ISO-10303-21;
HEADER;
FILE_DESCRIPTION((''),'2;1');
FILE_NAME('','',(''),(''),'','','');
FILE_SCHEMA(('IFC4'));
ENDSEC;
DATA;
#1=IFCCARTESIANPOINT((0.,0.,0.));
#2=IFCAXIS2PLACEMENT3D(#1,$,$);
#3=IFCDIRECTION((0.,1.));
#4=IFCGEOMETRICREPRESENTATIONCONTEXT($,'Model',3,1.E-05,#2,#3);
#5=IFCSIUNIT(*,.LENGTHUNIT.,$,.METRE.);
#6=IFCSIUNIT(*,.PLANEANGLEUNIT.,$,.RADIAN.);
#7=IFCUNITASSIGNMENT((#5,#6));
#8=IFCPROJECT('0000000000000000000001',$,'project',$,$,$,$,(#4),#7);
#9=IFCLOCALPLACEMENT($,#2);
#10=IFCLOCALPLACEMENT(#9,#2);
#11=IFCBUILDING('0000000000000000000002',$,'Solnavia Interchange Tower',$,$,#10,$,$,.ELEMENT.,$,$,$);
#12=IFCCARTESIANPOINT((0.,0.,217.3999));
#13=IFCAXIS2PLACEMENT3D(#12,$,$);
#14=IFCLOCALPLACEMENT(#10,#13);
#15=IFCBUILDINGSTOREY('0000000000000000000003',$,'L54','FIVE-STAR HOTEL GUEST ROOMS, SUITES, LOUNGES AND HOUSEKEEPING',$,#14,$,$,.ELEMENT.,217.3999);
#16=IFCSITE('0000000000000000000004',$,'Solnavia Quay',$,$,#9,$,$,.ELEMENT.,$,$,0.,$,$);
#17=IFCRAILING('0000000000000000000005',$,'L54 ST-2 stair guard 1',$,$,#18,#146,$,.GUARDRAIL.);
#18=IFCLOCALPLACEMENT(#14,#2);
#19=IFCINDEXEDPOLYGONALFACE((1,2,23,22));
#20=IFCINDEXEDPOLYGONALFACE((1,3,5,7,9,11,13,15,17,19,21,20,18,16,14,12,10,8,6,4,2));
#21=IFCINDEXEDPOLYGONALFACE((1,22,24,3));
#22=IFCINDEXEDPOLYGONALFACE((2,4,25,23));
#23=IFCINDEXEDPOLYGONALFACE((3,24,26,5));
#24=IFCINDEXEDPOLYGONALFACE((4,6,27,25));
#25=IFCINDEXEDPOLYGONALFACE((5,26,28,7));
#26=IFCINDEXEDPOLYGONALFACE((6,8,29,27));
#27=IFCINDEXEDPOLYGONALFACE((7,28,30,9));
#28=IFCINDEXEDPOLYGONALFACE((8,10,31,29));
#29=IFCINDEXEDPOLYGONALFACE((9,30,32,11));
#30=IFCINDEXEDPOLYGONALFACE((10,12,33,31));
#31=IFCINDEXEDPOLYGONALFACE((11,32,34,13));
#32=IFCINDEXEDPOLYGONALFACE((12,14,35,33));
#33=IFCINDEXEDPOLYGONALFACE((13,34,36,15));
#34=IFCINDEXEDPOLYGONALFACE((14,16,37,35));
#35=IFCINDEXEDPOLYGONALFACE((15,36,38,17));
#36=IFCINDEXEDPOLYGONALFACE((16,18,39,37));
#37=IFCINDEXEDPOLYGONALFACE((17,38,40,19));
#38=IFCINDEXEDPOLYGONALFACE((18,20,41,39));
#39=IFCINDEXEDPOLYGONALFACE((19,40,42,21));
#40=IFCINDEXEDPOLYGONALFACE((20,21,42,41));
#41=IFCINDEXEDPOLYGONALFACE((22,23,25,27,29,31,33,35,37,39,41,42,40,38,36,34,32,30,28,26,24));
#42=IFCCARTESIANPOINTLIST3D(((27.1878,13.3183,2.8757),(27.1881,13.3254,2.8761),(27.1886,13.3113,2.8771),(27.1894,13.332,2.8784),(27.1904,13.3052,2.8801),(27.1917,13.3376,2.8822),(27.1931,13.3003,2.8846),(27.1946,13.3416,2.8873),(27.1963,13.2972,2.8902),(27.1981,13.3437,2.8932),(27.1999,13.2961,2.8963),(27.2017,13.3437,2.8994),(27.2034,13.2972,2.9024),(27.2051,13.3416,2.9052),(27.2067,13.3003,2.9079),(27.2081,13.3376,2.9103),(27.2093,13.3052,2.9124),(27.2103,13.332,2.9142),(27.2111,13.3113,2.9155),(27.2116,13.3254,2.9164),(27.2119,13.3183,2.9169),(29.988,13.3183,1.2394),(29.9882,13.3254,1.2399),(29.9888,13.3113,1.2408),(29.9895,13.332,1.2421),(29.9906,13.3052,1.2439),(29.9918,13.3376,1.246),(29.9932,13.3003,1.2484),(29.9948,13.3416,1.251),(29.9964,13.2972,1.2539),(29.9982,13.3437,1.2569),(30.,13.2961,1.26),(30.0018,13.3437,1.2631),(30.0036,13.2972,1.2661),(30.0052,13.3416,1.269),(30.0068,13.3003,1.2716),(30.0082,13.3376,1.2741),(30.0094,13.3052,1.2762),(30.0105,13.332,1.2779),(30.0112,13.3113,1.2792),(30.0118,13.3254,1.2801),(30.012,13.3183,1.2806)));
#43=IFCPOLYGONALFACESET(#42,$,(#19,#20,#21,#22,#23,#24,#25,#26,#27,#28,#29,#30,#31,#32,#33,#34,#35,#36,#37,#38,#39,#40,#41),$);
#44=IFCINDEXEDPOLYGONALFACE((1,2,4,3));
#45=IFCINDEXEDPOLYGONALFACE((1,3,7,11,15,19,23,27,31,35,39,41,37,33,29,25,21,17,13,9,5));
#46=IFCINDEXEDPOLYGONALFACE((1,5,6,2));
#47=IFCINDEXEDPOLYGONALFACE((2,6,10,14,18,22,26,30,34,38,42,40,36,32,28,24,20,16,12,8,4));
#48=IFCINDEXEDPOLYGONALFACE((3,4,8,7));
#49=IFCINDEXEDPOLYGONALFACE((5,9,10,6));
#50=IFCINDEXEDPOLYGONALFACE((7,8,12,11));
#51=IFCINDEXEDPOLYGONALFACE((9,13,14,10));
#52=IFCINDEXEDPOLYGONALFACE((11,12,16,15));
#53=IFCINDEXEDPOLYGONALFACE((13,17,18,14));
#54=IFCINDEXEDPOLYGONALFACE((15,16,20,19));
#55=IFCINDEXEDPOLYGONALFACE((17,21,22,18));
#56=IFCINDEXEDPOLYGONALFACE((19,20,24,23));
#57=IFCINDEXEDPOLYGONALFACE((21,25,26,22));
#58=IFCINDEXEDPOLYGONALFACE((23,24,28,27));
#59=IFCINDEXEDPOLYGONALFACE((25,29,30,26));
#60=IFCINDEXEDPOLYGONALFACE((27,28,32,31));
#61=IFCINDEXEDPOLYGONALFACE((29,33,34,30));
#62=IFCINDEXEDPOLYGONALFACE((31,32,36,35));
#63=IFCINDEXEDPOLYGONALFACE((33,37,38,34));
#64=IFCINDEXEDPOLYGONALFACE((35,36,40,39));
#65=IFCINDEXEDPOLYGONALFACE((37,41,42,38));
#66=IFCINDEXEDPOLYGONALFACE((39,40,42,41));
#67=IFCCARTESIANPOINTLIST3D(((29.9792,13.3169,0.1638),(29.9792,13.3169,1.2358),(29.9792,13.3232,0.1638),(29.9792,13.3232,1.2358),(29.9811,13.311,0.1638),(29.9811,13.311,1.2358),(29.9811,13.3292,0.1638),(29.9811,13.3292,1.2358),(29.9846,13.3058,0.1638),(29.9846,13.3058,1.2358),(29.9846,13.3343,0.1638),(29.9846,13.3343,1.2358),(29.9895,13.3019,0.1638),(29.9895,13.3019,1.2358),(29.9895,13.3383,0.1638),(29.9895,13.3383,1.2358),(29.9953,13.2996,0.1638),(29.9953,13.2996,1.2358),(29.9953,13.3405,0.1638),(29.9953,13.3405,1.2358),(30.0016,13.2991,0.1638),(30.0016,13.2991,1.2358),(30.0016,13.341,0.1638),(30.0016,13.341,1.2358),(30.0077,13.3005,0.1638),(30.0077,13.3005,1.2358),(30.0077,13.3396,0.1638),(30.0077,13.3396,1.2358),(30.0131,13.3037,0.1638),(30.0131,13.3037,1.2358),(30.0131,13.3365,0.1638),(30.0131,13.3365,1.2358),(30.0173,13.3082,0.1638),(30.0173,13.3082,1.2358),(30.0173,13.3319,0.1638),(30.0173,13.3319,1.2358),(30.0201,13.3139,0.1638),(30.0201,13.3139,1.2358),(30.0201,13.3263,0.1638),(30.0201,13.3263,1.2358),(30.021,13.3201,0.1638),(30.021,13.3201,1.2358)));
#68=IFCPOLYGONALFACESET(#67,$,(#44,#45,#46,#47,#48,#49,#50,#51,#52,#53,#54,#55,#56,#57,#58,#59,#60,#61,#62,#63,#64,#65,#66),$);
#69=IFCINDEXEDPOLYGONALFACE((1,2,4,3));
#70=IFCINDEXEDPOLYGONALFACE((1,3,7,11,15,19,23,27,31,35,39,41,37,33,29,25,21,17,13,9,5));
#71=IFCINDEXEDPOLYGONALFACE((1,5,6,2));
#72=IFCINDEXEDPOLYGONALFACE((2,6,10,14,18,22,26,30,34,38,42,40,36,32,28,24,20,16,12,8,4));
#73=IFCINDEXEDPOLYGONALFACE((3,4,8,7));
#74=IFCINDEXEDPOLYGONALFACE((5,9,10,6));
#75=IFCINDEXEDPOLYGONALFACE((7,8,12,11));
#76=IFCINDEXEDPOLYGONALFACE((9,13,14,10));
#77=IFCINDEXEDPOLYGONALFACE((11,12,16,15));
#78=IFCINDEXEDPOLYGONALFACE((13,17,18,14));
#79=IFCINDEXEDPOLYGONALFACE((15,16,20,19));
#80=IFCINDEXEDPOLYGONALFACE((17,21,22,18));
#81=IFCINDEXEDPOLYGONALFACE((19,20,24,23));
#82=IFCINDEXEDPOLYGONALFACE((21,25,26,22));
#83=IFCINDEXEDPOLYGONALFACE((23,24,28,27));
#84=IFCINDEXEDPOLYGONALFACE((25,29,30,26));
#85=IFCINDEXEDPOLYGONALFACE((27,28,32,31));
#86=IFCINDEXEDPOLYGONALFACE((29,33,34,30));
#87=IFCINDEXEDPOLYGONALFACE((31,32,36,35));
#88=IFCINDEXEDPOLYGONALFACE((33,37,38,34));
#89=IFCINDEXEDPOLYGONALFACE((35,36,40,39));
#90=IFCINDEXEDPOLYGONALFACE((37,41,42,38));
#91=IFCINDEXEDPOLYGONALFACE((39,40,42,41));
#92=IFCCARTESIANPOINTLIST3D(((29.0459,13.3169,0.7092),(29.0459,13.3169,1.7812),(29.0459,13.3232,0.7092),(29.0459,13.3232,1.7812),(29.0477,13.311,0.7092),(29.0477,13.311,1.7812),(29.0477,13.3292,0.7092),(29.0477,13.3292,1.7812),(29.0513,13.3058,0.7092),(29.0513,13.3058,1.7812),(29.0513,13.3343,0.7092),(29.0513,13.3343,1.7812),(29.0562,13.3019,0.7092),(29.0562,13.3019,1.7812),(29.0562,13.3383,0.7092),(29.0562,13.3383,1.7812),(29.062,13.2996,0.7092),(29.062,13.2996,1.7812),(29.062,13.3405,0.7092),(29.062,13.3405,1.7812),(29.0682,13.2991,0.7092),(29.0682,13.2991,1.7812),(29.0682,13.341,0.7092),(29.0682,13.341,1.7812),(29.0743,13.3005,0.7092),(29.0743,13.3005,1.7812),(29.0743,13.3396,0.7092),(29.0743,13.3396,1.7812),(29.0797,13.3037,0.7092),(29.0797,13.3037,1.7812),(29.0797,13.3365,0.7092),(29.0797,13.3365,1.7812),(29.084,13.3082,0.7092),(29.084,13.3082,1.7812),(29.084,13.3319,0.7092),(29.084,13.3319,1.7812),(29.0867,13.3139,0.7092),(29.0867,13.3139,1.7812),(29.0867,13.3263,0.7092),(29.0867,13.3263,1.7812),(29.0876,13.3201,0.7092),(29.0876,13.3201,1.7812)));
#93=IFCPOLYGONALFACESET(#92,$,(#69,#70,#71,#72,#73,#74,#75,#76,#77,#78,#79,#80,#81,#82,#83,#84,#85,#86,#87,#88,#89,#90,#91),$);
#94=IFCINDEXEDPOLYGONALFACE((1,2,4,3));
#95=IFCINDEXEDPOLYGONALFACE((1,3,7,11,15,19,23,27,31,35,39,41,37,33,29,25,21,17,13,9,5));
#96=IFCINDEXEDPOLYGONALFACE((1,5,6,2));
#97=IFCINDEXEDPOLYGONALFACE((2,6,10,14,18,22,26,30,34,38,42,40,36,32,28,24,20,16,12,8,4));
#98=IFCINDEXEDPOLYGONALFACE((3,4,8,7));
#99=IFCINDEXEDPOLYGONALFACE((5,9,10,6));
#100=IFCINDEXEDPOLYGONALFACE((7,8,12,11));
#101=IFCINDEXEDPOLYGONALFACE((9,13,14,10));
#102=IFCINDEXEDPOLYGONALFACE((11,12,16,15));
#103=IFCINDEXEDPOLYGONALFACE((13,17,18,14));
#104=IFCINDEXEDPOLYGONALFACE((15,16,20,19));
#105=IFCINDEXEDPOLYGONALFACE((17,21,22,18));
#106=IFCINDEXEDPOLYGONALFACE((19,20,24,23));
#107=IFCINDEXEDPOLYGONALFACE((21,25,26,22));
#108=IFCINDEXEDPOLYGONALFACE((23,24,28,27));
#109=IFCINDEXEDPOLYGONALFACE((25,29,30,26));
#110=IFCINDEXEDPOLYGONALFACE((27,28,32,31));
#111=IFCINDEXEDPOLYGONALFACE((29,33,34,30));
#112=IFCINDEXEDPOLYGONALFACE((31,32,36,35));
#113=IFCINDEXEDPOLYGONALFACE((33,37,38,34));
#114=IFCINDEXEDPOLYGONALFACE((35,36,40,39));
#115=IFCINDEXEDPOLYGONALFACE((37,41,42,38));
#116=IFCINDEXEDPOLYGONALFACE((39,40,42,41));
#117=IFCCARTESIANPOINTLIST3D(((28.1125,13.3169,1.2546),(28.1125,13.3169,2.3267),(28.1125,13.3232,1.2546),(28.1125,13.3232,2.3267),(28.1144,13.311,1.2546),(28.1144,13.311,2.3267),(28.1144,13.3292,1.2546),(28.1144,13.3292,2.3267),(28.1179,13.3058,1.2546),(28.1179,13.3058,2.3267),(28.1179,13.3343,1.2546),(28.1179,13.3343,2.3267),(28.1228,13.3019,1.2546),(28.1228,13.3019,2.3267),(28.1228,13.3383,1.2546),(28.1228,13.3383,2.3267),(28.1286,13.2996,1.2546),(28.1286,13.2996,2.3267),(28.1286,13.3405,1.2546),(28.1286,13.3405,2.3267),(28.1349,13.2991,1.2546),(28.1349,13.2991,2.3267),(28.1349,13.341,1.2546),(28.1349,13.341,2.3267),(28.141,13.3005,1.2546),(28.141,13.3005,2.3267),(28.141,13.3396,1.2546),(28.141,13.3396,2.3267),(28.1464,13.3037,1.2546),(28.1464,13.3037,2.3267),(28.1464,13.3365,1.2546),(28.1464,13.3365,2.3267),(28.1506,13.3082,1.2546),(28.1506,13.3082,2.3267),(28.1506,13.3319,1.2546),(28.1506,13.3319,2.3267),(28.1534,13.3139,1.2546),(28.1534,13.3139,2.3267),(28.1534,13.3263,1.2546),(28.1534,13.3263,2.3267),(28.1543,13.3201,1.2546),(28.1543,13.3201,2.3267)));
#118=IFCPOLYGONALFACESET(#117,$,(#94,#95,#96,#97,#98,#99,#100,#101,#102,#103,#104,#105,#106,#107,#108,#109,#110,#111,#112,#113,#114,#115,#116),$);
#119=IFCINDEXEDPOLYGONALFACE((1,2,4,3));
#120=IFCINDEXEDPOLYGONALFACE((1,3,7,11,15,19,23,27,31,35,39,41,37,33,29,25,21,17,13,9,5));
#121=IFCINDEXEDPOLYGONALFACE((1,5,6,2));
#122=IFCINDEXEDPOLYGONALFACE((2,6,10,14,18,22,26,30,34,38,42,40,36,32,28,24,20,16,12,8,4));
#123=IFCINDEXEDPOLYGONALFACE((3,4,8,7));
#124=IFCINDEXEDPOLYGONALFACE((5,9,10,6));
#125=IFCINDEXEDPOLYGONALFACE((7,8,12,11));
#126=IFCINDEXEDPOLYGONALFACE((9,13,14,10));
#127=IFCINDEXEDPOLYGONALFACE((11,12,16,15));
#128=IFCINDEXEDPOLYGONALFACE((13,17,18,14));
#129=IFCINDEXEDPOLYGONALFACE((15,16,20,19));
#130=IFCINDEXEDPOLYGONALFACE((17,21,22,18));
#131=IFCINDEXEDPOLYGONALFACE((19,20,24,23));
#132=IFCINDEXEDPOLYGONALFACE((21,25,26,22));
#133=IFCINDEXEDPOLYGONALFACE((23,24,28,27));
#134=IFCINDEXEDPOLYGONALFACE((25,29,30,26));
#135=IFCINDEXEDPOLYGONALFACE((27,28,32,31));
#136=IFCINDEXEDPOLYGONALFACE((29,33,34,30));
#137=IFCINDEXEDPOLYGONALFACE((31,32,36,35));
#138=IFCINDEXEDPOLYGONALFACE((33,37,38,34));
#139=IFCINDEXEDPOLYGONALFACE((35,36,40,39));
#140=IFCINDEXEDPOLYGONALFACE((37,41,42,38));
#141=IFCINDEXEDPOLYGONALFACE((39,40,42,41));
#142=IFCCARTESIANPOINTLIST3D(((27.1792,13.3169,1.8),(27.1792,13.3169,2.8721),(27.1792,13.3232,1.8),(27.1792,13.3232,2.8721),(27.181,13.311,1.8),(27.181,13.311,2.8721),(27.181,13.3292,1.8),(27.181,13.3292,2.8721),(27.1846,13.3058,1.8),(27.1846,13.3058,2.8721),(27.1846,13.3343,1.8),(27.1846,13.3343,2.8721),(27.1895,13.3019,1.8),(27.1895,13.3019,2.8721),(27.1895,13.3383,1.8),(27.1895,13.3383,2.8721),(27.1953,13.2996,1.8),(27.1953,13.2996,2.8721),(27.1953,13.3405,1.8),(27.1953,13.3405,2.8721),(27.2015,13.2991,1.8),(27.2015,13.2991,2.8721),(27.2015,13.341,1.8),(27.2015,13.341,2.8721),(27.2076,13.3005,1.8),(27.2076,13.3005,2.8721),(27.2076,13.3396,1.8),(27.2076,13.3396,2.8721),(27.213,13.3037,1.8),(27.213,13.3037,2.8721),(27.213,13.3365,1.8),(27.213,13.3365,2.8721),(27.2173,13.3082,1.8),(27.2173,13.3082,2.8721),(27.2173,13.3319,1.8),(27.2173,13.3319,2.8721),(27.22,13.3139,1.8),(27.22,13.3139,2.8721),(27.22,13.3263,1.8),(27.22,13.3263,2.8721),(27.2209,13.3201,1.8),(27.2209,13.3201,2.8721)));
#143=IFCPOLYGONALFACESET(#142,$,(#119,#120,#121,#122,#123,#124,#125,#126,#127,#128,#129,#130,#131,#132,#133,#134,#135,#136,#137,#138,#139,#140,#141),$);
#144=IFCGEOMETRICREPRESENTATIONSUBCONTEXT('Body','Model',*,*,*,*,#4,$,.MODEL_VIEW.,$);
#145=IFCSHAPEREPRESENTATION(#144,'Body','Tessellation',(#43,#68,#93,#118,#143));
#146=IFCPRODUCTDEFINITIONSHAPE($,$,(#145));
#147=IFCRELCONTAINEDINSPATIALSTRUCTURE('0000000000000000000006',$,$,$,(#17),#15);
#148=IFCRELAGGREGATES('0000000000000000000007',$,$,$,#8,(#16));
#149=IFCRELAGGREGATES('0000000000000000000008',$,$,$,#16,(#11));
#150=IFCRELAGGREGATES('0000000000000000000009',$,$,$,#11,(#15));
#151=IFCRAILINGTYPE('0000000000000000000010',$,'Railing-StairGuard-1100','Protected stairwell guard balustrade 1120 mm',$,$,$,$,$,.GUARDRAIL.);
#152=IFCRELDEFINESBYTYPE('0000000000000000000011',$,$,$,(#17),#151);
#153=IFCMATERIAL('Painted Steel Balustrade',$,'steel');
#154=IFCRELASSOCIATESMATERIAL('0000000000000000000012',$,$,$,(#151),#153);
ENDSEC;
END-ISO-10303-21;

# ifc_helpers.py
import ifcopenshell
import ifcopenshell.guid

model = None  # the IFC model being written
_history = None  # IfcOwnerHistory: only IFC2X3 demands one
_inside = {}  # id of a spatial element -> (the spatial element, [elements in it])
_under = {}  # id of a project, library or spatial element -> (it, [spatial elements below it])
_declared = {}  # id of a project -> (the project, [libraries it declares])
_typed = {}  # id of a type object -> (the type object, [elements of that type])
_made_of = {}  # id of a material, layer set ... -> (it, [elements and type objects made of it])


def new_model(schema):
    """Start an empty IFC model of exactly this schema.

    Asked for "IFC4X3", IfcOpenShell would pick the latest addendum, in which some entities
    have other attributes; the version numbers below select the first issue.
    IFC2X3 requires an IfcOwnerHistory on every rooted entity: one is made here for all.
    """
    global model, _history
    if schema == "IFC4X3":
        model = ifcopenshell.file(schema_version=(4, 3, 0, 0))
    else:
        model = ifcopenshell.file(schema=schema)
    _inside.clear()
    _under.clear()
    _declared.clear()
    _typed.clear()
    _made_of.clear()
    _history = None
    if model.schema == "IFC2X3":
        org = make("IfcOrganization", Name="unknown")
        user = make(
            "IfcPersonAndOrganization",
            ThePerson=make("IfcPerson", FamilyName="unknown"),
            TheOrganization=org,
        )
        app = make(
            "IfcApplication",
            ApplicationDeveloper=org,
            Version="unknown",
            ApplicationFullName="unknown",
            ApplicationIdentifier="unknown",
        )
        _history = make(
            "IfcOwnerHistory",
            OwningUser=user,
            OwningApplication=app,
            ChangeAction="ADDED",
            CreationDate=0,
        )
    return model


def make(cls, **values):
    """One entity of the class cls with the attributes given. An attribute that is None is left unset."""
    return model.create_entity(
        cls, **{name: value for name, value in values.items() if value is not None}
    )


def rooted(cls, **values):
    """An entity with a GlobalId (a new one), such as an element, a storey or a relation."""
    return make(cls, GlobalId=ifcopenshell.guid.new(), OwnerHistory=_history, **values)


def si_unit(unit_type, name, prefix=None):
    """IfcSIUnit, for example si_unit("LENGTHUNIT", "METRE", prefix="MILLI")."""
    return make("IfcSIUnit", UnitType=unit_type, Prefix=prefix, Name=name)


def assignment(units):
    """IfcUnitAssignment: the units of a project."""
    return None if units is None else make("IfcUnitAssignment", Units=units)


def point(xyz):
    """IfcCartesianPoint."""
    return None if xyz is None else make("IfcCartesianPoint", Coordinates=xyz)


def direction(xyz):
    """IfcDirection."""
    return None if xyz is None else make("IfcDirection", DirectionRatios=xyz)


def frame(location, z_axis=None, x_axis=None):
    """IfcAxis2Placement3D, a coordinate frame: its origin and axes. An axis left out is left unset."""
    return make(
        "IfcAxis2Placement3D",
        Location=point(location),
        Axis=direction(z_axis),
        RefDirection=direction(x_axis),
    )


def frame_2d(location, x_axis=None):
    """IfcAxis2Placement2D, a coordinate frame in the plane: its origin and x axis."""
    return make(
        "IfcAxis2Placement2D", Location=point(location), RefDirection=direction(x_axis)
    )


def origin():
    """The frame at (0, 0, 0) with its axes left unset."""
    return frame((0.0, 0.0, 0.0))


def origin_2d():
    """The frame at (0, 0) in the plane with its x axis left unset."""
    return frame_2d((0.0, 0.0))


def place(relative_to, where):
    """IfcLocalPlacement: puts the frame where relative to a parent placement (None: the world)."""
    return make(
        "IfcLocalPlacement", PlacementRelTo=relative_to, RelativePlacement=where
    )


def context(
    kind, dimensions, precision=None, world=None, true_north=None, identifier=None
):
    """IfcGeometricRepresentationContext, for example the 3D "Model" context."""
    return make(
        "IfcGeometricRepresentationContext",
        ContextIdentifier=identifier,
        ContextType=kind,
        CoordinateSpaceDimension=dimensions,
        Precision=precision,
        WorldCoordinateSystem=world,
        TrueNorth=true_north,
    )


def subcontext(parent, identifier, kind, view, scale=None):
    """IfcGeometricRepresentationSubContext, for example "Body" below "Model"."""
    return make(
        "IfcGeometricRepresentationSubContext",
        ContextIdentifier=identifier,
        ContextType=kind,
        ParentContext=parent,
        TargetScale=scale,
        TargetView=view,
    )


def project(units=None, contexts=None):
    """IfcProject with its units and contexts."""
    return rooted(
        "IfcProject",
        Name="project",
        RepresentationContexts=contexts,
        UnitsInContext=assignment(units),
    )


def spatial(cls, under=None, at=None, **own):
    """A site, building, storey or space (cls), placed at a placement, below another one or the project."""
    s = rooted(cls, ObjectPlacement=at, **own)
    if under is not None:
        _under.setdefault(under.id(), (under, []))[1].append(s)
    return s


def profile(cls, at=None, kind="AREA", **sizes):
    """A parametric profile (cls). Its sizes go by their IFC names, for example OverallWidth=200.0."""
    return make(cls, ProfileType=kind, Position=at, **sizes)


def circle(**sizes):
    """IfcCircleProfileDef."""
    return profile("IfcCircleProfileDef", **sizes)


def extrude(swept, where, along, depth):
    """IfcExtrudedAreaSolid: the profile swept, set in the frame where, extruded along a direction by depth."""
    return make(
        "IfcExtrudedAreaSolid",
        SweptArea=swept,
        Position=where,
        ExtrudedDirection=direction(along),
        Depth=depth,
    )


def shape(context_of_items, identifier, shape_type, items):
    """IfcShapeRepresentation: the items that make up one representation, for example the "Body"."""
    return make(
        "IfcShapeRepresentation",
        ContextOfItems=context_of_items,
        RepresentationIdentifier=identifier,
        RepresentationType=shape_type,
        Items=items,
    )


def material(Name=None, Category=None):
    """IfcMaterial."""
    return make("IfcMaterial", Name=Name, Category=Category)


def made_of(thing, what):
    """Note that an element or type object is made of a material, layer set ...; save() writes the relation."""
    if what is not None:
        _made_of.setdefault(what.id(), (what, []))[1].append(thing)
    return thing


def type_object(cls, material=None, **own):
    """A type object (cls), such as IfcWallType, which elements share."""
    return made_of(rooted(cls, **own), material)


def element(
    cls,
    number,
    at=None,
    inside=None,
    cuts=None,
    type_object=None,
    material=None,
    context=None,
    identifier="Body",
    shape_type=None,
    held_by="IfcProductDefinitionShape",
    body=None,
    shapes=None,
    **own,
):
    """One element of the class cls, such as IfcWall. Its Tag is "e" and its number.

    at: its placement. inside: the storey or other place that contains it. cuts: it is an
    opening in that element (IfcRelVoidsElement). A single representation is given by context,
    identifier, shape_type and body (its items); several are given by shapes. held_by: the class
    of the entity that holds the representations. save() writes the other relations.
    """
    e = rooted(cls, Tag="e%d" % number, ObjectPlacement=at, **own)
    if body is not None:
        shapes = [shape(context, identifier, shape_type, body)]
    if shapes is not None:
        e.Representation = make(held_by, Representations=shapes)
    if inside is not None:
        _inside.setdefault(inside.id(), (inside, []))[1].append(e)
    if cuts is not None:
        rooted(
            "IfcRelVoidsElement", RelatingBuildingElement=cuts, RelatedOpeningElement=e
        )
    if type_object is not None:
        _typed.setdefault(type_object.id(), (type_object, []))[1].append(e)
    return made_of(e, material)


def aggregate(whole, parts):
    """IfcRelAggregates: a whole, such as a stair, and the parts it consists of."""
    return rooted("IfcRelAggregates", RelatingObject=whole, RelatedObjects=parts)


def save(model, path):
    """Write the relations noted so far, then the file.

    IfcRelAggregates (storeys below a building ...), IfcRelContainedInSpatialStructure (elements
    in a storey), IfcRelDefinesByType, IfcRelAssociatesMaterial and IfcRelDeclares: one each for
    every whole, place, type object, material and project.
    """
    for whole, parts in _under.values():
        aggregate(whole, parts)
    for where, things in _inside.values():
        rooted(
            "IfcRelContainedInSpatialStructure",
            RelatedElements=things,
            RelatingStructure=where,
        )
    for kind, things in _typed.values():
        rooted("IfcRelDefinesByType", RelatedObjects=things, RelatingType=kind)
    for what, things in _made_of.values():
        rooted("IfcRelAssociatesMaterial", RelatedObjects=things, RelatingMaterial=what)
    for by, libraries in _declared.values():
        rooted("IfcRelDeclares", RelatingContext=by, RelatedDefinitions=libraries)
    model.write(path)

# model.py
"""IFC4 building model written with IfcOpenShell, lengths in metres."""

from ifc_helpers import new_model, si_unit, direction, frame, origin, origin_2d, place, context, subcontext, project, spatial, circle, extrude, material, type_object, element, save


model = new_model("IFC4")

# Units and contexts
model_context = context("Model", 3, precision=1e-05, world=origin(), true_north=direction((0.0, 1.0)))
body_context = subcontext(model_context, "Body", "Model", "MODEL_VIEW")
ifc_project = project(units=[si_unit("LENGTHUNIT", "METRE"), si_unit("PLANEANGLEUNIT", "RADIAN")], contexts=[model_context])

# Site, building, storey
site_placement = place(None, origin())
site = spatial("IfcSite", under=ifc_project, at=site_placement, Name="Solnavia Quay", CompositionType="ELEMENT", RefElevation=0.0)
building_placement = place(site_placement, origin())
building = spatial("IfcBuilding", under=site, at=building_placement, Name="Solnavia Interchange Tower", CompositionType="ELEMENT")
storey_placement = place(building_placement, frame((0.0, 0.0, 217.3999)))
storey = spatial("IfcBuildingStorey", under=building, at=storey_placement, Name="L54", Description="FIVE-STAR HOTEL GUEST ROOMS, SUITES, LOUNGES AND HOUSEKEEPING", CompositionType="ELEMENT", Elevation=217.3999)

# Railing
ifc_material_1 = material(Name="Painted Steel Balustrade", Category="steel")
railing_type_1 = type_object("IfcRailingType", Name="Railing-StairGuard-1100", Description="Protected stairwell guard balustrade 1120 mm", PredefinedType="GUARDRAIL", material=ifc_material_1)
railing_1_placement = place(storey_placement, frame((30.0, 13.3201, 0.1638)))
element("IfcRailing", 1, at=railing_1_placement, inside=storey, type_object=railing_type_1, Name="L54 ST-2 stair guard 1", PredefinedType="GUARDRAIL", context=body_context, shape_type="SweptSolid", body=[
    extrude(circle(Radius=0.0239, at=origin_2d()), frame((0.0, 0.0, 1.0962), z_axis=(-0.863394, 0.0, 0.504531), x_axis=(0.0, -1.0, 0.0)), (0.0, 0.0, 1.0), 3.2432),
    extrude(circle(Radius=0.021, at=origin_2d()), origin(), (0.0, 0.0, 1.0), 1.072),
    extrude(circle(Radius=0.021, at=origin_2d()), frame((-0.9333, 0.0, 0.5454)), (0.0, 0.0, 1.0), 1.072),
    extrude(circle(Radius=0.021, at=origin_2d()), frame((-1.8667, 0.0, 1.0908)), (0.0, 0.0, 1.0), 1.072),
    extrude(circle(Radius=0.021, at=origin_2d()), frame((-2.8, 0.0, 1.6362)), (0.0, 0.0, 1.0), 1.072),
])

save(model, "model.ifc")
